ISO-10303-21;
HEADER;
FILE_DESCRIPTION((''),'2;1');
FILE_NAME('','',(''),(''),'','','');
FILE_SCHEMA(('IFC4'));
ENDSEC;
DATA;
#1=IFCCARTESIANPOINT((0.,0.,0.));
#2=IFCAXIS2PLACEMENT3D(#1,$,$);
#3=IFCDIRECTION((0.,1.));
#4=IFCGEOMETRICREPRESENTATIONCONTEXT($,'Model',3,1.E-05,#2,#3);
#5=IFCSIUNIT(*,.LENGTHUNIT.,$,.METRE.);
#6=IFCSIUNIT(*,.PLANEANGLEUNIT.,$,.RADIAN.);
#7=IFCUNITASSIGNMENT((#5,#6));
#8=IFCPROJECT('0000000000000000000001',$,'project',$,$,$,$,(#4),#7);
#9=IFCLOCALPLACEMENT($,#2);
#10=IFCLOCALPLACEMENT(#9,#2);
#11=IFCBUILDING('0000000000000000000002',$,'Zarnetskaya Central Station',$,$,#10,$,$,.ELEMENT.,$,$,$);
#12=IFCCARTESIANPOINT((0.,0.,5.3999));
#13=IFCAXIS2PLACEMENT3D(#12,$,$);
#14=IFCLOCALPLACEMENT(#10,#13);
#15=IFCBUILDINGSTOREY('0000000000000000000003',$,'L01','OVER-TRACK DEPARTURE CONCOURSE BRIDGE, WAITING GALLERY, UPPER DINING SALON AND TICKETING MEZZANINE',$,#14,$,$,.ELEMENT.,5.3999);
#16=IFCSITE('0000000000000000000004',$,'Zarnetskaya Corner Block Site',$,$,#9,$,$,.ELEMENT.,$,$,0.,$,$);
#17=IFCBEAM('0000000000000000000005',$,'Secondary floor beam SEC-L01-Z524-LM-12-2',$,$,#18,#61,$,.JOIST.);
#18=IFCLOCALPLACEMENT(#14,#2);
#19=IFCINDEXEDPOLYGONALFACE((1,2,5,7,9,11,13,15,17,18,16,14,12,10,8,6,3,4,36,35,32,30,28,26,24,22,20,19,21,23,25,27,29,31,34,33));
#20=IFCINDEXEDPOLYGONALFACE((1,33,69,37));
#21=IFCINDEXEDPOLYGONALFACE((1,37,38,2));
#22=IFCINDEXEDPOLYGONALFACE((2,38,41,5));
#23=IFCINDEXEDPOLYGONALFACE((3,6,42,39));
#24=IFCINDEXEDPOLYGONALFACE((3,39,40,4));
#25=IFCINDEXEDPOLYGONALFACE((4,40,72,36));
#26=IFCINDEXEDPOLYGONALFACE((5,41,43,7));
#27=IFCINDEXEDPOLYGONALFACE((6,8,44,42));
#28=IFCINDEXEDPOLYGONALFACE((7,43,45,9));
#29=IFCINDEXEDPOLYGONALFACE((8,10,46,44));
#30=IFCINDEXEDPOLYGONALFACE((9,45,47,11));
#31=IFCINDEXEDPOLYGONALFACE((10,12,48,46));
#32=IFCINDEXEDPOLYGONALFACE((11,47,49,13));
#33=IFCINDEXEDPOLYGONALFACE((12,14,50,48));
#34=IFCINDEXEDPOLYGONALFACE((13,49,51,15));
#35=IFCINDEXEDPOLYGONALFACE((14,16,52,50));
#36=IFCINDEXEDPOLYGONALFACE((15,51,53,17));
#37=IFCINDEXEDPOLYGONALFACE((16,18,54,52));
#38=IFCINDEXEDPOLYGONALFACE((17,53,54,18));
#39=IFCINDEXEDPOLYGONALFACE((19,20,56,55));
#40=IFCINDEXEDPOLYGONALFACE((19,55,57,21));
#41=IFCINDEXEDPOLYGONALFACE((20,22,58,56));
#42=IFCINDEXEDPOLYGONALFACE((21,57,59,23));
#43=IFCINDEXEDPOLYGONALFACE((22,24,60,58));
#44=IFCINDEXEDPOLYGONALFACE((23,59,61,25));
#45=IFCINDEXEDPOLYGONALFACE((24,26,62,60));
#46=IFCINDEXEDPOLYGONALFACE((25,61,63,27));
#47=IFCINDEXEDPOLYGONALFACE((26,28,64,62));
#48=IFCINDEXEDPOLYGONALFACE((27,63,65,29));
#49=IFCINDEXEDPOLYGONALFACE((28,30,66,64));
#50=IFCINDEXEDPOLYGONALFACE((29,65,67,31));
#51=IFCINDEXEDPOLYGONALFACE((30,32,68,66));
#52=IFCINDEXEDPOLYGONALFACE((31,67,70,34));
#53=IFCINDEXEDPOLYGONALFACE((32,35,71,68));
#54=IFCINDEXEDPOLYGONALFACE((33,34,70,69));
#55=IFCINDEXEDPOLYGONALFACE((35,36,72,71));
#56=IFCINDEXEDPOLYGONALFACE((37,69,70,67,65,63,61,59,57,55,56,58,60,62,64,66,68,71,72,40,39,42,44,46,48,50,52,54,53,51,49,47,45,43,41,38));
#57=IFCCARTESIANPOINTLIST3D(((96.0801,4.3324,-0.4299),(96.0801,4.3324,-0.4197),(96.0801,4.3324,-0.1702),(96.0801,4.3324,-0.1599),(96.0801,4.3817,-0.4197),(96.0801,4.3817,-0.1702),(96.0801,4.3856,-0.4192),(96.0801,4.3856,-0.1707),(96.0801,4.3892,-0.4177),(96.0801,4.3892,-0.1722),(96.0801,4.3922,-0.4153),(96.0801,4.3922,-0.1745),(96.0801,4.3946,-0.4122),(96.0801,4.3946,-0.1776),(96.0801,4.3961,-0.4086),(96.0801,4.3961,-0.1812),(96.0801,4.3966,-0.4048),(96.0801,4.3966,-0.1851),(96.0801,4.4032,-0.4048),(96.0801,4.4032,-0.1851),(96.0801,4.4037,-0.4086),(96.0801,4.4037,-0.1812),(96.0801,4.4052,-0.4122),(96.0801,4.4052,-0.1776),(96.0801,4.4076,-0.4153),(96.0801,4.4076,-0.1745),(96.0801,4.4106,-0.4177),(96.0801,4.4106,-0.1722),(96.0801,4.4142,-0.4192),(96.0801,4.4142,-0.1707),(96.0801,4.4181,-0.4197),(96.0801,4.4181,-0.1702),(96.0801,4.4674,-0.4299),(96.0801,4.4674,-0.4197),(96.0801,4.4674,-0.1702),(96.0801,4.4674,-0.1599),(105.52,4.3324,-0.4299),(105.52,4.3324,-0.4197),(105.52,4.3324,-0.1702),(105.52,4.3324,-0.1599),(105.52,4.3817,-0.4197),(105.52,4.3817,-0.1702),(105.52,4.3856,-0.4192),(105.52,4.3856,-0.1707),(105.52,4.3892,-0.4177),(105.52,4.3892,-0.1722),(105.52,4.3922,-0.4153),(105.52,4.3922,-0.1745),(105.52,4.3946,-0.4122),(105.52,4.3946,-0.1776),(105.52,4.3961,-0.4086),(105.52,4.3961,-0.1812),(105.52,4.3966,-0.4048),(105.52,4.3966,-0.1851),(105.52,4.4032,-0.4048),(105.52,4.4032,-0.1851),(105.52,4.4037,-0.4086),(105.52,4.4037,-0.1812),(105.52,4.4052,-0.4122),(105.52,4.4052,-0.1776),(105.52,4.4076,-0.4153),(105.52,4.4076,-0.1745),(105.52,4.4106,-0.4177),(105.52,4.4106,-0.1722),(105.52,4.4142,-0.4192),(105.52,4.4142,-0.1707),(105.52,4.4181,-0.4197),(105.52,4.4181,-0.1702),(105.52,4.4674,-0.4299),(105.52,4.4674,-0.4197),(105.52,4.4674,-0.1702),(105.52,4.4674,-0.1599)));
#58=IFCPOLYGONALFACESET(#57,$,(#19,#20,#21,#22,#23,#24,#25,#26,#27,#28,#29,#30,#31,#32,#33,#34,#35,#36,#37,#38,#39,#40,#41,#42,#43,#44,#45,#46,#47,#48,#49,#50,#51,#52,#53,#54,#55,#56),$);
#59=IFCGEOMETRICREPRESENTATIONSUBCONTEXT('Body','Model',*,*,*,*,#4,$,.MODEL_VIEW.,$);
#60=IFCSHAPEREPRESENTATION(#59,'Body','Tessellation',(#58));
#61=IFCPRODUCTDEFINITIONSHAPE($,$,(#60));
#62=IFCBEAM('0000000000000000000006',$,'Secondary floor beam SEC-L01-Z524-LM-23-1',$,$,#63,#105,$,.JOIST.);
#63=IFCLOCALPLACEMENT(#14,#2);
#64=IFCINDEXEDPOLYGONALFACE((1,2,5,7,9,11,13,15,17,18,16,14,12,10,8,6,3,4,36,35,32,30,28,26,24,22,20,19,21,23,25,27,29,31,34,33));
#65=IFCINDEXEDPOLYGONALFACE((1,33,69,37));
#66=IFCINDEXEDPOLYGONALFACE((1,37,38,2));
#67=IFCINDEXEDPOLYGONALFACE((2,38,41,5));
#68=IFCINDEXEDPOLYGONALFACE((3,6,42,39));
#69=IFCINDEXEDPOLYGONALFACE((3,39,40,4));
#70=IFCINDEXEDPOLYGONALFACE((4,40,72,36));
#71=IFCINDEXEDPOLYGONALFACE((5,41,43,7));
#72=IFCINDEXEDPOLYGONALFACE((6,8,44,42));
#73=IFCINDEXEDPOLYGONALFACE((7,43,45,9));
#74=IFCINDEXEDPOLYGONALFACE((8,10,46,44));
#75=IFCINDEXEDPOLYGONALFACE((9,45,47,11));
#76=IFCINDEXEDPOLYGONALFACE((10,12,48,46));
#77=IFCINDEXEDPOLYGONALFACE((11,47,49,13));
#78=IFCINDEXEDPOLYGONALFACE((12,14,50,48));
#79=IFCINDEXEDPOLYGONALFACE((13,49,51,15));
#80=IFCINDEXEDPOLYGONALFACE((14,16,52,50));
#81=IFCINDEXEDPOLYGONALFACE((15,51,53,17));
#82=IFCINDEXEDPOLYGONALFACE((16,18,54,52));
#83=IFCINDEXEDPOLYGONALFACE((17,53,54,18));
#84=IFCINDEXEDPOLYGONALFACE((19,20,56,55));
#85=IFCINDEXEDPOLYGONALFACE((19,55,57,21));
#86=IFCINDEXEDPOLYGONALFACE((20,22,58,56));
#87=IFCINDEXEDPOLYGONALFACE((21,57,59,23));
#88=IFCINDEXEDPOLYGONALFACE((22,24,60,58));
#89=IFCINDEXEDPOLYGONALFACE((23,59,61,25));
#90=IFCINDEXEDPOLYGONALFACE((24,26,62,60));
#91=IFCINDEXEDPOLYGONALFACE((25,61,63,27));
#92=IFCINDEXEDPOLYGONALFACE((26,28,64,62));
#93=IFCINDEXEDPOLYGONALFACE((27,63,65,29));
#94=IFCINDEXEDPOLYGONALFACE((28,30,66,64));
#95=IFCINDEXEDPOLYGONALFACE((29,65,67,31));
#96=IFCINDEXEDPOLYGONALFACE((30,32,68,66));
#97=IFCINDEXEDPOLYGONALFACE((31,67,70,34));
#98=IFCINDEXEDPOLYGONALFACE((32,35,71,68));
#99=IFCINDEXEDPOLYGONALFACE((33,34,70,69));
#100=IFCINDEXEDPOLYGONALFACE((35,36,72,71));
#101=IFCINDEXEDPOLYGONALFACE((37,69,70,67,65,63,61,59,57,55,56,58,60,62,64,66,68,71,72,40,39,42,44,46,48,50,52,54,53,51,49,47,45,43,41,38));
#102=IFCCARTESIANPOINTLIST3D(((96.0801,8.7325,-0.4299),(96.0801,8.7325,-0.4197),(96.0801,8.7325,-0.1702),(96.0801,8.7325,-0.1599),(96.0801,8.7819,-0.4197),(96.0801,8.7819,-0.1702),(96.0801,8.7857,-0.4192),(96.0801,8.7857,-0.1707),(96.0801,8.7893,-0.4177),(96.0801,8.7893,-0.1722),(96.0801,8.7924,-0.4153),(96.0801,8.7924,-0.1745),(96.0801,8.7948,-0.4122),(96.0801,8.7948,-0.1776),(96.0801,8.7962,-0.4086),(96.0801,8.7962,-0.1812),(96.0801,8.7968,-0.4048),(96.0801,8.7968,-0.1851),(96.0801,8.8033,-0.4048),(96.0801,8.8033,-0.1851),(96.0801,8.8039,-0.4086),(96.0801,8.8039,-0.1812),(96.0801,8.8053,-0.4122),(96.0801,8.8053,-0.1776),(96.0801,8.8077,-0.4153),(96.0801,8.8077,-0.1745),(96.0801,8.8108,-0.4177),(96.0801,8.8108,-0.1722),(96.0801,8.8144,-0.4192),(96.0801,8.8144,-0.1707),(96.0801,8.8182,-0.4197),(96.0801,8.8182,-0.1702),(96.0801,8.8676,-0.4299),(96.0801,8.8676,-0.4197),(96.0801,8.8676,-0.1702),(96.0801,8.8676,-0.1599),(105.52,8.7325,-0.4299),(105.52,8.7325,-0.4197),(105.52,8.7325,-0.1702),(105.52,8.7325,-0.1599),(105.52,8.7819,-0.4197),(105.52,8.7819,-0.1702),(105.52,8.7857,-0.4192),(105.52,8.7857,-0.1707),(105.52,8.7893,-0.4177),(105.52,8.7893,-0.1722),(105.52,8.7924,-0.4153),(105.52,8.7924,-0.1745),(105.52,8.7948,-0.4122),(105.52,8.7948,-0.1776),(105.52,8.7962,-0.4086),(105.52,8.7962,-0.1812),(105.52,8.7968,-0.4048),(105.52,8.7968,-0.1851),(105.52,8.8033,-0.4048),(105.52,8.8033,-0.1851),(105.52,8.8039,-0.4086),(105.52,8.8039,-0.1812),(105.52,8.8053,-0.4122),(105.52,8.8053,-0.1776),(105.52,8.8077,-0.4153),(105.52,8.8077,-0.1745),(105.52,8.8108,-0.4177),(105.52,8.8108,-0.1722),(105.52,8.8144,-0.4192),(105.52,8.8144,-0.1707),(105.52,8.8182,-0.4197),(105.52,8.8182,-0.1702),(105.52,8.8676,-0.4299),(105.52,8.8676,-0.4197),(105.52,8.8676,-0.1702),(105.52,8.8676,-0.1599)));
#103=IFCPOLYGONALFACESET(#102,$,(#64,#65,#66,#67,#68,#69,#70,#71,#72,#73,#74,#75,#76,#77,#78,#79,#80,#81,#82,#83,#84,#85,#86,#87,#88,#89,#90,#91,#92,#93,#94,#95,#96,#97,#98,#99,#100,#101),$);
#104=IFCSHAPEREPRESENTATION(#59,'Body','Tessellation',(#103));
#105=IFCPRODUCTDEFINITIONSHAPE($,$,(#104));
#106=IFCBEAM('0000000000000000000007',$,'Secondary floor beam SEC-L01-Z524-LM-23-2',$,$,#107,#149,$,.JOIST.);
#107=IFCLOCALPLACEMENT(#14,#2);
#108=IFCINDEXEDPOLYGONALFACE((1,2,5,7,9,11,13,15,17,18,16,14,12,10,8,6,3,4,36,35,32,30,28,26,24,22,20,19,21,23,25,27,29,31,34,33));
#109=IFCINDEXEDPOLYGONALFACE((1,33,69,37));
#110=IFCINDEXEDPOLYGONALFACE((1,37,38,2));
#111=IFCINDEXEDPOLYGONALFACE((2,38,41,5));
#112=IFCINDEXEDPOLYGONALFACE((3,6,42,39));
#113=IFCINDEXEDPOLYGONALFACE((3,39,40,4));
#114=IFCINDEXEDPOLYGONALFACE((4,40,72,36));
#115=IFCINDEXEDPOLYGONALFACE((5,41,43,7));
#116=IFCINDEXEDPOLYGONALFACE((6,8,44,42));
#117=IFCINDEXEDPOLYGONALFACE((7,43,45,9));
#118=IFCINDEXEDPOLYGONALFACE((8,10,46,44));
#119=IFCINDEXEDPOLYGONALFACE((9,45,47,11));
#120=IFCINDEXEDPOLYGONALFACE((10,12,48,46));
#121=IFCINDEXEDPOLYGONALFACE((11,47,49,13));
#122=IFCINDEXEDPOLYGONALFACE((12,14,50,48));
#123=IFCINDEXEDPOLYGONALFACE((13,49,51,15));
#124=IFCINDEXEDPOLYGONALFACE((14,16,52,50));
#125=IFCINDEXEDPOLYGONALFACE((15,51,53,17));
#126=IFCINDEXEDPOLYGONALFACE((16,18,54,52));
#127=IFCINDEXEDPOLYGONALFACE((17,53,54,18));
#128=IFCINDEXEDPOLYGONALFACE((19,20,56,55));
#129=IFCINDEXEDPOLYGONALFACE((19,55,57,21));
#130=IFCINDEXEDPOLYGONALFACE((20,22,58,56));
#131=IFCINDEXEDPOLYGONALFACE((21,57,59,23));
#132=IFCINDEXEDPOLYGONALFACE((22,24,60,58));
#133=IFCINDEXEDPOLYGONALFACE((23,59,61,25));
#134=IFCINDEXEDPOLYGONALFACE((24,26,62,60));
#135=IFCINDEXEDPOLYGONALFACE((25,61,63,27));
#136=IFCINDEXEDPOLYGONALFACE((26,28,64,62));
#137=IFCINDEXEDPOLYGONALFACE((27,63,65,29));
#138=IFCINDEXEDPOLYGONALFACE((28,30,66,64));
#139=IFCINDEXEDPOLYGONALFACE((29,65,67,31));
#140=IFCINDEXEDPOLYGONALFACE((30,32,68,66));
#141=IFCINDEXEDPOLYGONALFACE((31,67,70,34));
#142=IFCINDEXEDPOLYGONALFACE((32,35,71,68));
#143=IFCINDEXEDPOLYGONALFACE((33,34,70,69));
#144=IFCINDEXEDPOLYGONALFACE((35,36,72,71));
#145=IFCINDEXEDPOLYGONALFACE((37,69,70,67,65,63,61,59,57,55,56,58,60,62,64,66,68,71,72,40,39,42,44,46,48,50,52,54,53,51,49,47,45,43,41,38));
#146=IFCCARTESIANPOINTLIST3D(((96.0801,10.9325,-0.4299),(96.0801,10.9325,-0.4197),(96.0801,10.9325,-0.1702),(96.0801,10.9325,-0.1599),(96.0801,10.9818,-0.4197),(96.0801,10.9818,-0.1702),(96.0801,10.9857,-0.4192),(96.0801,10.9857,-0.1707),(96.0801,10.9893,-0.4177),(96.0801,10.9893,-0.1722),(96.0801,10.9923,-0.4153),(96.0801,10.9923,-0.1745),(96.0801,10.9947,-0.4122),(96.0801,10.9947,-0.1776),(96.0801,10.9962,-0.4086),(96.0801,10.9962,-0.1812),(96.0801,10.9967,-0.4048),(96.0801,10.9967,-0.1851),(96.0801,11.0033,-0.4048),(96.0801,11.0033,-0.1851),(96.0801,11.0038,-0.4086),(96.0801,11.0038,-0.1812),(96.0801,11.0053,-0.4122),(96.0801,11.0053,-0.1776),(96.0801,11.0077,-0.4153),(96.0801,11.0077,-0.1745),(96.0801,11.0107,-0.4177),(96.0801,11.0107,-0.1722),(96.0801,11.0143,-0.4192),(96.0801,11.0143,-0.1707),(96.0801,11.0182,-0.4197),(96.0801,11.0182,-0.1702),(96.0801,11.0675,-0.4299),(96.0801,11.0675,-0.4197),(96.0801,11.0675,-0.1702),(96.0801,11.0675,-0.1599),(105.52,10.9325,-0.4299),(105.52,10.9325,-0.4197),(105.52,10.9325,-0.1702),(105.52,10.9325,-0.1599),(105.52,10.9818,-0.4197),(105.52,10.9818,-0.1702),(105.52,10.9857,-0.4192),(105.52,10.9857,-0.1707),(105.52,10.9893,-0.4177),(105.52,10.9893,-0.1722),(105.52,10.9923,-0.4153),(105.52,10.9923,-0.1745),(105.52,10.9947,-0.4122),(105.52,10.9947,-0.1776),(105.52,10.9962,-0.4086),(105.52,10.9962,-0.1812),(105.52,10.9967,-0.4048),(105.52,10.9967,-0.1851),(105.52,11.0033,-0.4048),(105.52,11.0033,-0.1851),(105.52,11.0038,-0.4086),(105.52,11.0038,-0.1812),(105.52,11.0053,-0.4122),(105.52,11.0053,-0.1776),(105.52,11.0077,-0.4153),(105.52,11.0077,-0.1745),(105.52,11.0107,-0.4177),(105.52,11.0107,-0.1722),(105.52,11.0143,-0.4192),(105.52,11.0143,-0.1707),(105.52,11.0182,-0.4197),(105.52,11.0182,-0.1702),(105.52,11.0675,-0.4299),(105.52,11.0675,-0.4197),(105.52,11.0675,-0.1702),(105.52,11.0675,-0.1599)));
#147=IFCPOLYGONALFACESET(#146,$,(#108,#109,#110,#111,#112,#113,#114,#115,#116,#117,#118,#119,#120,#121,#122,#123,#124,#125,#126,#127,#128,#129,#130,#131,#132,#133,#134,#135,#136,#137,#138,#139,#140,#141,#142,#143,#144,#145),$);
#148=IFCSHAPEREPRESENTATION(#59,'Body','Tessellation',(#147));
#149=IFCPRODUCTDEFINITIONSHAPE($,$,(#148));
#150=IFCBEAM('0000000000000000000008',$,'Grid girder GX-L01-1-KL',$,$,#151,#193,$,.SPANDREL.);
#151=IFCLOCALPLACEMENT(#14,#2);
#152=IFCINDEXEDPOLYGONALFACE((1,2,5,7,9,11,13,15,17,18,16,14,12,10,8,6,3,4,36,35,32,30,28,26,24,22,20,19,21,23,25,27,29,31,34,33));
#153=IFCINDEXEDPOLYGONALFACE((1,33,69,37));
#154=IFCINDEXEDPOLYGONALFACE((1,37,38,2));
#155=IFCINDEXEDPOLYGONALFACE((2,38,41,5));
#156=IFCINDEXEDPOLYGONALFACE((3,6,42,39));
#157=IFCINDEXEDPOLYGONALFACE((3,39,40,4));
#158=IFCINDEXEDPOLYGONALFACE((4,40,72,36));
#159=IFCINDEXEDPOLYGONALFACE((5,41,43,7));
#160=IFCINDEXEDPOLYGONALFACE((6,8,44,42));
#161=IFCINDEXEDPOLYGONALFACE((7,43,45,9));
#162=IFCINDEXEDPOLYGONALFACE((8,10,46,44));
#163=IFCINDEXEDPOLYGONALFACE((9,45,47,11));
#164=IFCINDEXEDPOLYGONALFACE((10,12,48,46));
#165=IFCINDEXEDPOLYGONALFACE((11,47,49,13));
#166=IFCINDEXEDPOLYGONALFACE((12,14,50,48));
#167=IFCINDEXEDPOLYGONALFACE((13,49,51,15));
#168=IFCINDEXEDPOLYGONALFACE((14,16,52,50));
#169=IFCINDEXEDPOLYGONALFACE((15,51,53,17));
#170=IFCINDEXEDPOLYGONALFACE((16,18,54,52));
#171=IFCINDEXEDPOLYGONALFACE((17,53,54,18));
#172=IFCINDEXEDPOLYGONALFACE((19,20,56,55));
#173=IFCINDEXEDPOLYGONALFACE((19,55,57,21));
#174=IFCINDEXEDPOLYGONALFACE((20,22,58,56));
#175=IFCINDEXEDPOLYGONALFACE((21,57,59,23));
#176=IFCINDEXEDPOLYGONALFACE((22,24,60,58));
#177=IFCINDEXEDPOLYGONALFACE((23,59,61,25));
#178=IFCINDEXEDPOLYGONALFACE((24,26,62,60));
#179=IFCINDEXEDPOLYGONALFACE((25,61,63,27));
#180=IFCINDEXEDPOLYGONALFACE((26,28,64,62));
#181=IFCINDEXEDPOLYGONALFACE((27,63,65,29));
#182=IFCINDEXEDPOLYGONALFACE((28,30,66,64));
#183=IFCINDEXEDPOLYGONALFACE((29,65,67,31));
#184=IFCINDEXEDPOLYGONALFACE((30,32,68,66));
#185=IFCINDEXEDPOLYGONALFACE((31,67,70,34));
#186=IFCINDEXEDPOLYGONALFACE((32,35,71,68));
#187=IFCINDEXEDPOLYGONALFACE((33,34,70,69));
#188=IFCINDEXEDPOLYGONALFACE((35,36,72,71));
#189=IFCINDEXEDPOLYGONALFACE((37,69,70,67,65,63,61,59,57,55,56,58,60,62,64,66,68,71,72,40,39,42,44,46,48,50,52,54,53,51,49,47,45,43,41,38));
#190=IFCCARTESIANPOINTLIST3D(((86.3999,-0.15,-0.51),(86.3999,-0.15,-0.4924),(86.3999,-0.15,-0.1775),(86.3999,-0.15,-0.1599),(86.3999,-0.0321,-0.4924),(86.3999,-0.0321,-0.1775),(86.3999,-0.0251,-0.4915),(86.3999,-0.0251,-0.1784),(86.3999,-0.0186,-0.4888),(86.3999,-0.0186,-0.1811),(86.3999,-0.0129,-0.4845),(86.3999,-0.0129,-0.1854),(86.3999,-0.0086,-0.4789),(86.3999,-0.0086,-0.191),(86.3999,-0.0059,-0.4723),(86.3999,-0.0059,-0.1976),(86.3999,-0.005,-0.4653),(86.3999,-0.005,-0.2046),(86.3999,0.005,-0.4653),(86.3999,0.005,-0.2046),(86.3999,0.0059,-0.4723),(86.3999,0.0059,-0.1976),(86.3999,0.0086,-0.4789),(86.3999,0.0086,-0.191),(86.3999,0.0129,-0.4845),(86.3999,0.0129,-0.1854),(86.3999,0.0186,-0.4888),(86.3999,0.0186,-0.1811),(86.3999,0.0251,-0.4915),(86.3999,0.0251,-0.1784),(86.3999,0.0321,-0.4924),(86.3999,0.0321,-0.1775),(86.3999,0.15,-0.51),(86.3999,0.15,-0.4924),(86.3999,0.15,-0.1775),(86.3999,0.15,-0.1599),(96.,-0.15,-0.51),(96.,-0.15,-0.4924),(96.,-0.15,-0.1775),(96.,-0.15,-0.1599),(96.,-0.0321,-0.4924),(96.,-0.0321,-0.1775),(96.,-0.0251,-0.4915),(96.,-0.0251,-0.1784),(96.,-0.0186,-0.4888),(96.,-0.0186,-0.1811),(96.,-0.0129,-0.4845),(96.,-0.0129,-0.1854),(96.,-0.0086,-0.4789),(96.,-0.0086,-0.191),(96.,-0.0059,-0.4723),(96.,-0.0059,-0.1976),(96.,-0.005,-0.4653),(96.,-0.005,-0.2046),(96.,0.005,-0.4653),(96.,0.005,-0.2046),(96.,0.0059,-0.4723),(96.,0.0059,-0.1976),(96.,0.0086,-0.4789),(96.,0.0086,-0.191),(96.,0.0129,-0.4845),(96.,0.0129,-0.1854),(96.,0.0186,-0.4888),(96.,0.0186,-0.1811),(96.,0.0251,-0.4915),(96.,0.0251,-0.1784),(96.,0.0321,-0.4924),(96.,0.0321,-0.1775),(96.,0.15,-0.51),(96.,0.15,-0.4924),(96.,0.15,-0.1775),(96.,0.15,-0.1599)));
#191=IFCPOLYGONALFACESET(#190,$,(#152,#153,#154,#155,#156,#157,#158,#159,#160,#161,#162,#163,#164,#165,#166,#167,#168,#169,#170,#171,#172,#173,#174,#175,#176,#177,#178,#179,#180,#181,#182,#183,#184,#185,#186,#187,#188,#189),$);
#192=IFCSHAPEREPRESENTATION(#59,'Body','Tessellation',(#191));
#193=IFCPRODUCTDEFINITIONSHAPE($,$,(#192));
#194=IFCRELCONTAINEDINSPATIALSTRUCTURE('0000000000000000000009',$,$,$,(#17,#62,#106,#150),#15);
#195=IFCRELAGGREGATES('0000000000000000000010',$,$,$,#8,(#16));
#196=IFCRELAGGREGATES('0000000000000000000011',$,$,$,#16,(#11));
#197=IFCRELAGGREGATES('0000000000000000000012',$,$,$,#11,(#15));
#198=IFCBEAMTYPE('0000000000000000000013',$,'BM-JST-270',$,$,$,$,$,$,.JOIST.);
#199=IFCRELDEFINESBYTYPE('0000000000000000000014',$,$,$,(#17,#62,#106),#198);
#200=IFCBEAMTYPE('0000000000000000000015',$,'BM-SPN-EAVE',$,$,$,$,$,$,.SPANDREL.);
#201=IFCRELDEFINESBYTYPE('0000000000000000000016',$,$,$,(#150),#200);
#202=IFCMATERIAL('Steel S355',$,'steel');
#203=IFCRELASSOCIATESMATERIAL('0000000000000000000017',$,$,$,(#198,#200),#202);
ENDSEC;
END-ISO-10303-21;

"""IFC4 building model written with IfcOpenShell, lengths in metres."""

from ifc_helpers import new_model, si_unit, direction, frame, origin, origin_2d, place, context, subcontext, project, spatial, i_section, extrude, material, material_profile, profile_set, type_object, element, save


model = new_model("IFC4")

# Units and contexts
model_context = context("Model", 3, precision=1e-05, world=origin(), true_north=direction((0.0, 1.0)))
body_context = subcontext(model_context, "Body", "Model", "MODEL_VIEW")
ifc_project = project(units=[si_unit("LENGTHUNIT", "METRE"), si_unit("PLANEANGLEUNIT", "RADIAN")], contexts=[model_context])

# Site, building, storey
site_placement = place(None, origin())
site = spatial("IfcSite", under=ifc_project, at=site_placement, Name="Zarnetskaya Corner Block Site", CompositionType="ELEMENT", RefElevation=0.0)
building_placement = place(site_placement, origin())
building = spatial("IfcBuilding", under=site, at=building_placement, Name="Zarnetskaya Central Station", CompositionType="ELEMENT")
storey_placement = place(building_placement, frame((0.0, 0.0, 5.3999)))
storey = spatial("IfcBuildingStorey", under=building, at=storey_placement, Name="L01", Description="OVER-TRACK DEPARTURE CONCOURSE BRIDGE, WAITING GALLERY, UPPER DINING SALON AND TICKETING MEZZANINE", CompositionType="ELEMENT", Elevation=5.3999)

# Beams
ifc_material_1 = material(Name="Steel S355", Category="steel")
ifc_material_profile_1 = material_profile(ifc_material_1, i_section(OverallWidth=0.135, OverallDepth=0.27, WebThickness=0.0066, FlangeThickness=0.0103, FilletRadius=0.0149, at=origin_2d()), Name="IPE 270")
ifc_profile_set_1 = profile_set([ifc_material_profile_1], Name="Steel S355")
beam_type_1 = type_object("IfcBeamType", Name="BM-JST-270", PredefinedType="JOIST", material=ifc_profile_set_1)
for number, where, z_axis, x_axis, name in (
    (1, (96.0801, 4.3999, -0.2949), (1.0, 0.0, 0.0), (0.0, 1.0, 0.0), "Secondary floor beam SEC-L01-Z524-LM-12-2"),
    (2, (96.0801, 8.8, -0.2949), (1.0, 0.0, 0.0), (0.0, 1.0, 0.0), "Secondary floor beam SEC-L01-Z524-LM-23-1"),
    (3, (96.0801, 11.0, -0.2949), (1.0, 0.0, 0.0), (0.0, 1.0, 0.0), "Secondary floor beam SEC-L01-Z524-LM-23-2"),
):
    element("IfcBeam", number, at=place(storey_placement, frame(where, z_axis=z_axis, x_axis=x_axis)), inside=storey, type_object=beam_type_1, Name=name, PredefinedType="JOIST", context=body_context, shape_type="SweptSolid", body=[
        extrude(i_section(OverallWidth=0.135, OverallDepth=0.27, WebThickness=0.0066, FlangeThickness=0.0103, FilletRadius=0.0149, at=origin_2d()), origin(), (0.0, 0.0, 1.0), 9.4399),
    ])
ifc_material_profile_2 = material_profile(ifc_material_1, i_section(OverallWidth=0.3, OverallDepth=0.3501, WebThickness=0.01, FlangeThickness=0.0176, FilletRadius=0.0271, at=origin_2d()), Name="HEA 360")
ifc_profile_set_2 = profile_set([ifc_material_profile_2], Name="Steel S355")
beam_type_2 = type_object("IfcBeamType", Name="BM-SPN-EAVE", PredefinedType="SPANDREL", material=ifc_profile_set_2)
for number, where, z_axis, x_axis, name in (
    (4, (86.3999, 0.0, -0.335), (1.0, 0.0, 0.0), (0.0, 1.0, 0.0), "Grid girder GX-L01-1-KL"),
):
    element("IfcBeam", number, at=place(storey_placement, frame(where, z_axis=z_axis, x_axis=x_axis)), inside=storey, type_object=beam_type_2, Name=name, PredefinedType="SPANDREL", context=body_context, shape_type="SweptSolid", body=[
        extrude(i_section(OverallWidth=0.3, OverallDepth=0.3501, WebThickness=0.01, FlangeThickness=0.0176, FilletRadius=0.0271, at=origin_2d()), origin(), (0.0, 0.0, 1.0), 9.6001),
    ])

save(model, "model.ifc")
